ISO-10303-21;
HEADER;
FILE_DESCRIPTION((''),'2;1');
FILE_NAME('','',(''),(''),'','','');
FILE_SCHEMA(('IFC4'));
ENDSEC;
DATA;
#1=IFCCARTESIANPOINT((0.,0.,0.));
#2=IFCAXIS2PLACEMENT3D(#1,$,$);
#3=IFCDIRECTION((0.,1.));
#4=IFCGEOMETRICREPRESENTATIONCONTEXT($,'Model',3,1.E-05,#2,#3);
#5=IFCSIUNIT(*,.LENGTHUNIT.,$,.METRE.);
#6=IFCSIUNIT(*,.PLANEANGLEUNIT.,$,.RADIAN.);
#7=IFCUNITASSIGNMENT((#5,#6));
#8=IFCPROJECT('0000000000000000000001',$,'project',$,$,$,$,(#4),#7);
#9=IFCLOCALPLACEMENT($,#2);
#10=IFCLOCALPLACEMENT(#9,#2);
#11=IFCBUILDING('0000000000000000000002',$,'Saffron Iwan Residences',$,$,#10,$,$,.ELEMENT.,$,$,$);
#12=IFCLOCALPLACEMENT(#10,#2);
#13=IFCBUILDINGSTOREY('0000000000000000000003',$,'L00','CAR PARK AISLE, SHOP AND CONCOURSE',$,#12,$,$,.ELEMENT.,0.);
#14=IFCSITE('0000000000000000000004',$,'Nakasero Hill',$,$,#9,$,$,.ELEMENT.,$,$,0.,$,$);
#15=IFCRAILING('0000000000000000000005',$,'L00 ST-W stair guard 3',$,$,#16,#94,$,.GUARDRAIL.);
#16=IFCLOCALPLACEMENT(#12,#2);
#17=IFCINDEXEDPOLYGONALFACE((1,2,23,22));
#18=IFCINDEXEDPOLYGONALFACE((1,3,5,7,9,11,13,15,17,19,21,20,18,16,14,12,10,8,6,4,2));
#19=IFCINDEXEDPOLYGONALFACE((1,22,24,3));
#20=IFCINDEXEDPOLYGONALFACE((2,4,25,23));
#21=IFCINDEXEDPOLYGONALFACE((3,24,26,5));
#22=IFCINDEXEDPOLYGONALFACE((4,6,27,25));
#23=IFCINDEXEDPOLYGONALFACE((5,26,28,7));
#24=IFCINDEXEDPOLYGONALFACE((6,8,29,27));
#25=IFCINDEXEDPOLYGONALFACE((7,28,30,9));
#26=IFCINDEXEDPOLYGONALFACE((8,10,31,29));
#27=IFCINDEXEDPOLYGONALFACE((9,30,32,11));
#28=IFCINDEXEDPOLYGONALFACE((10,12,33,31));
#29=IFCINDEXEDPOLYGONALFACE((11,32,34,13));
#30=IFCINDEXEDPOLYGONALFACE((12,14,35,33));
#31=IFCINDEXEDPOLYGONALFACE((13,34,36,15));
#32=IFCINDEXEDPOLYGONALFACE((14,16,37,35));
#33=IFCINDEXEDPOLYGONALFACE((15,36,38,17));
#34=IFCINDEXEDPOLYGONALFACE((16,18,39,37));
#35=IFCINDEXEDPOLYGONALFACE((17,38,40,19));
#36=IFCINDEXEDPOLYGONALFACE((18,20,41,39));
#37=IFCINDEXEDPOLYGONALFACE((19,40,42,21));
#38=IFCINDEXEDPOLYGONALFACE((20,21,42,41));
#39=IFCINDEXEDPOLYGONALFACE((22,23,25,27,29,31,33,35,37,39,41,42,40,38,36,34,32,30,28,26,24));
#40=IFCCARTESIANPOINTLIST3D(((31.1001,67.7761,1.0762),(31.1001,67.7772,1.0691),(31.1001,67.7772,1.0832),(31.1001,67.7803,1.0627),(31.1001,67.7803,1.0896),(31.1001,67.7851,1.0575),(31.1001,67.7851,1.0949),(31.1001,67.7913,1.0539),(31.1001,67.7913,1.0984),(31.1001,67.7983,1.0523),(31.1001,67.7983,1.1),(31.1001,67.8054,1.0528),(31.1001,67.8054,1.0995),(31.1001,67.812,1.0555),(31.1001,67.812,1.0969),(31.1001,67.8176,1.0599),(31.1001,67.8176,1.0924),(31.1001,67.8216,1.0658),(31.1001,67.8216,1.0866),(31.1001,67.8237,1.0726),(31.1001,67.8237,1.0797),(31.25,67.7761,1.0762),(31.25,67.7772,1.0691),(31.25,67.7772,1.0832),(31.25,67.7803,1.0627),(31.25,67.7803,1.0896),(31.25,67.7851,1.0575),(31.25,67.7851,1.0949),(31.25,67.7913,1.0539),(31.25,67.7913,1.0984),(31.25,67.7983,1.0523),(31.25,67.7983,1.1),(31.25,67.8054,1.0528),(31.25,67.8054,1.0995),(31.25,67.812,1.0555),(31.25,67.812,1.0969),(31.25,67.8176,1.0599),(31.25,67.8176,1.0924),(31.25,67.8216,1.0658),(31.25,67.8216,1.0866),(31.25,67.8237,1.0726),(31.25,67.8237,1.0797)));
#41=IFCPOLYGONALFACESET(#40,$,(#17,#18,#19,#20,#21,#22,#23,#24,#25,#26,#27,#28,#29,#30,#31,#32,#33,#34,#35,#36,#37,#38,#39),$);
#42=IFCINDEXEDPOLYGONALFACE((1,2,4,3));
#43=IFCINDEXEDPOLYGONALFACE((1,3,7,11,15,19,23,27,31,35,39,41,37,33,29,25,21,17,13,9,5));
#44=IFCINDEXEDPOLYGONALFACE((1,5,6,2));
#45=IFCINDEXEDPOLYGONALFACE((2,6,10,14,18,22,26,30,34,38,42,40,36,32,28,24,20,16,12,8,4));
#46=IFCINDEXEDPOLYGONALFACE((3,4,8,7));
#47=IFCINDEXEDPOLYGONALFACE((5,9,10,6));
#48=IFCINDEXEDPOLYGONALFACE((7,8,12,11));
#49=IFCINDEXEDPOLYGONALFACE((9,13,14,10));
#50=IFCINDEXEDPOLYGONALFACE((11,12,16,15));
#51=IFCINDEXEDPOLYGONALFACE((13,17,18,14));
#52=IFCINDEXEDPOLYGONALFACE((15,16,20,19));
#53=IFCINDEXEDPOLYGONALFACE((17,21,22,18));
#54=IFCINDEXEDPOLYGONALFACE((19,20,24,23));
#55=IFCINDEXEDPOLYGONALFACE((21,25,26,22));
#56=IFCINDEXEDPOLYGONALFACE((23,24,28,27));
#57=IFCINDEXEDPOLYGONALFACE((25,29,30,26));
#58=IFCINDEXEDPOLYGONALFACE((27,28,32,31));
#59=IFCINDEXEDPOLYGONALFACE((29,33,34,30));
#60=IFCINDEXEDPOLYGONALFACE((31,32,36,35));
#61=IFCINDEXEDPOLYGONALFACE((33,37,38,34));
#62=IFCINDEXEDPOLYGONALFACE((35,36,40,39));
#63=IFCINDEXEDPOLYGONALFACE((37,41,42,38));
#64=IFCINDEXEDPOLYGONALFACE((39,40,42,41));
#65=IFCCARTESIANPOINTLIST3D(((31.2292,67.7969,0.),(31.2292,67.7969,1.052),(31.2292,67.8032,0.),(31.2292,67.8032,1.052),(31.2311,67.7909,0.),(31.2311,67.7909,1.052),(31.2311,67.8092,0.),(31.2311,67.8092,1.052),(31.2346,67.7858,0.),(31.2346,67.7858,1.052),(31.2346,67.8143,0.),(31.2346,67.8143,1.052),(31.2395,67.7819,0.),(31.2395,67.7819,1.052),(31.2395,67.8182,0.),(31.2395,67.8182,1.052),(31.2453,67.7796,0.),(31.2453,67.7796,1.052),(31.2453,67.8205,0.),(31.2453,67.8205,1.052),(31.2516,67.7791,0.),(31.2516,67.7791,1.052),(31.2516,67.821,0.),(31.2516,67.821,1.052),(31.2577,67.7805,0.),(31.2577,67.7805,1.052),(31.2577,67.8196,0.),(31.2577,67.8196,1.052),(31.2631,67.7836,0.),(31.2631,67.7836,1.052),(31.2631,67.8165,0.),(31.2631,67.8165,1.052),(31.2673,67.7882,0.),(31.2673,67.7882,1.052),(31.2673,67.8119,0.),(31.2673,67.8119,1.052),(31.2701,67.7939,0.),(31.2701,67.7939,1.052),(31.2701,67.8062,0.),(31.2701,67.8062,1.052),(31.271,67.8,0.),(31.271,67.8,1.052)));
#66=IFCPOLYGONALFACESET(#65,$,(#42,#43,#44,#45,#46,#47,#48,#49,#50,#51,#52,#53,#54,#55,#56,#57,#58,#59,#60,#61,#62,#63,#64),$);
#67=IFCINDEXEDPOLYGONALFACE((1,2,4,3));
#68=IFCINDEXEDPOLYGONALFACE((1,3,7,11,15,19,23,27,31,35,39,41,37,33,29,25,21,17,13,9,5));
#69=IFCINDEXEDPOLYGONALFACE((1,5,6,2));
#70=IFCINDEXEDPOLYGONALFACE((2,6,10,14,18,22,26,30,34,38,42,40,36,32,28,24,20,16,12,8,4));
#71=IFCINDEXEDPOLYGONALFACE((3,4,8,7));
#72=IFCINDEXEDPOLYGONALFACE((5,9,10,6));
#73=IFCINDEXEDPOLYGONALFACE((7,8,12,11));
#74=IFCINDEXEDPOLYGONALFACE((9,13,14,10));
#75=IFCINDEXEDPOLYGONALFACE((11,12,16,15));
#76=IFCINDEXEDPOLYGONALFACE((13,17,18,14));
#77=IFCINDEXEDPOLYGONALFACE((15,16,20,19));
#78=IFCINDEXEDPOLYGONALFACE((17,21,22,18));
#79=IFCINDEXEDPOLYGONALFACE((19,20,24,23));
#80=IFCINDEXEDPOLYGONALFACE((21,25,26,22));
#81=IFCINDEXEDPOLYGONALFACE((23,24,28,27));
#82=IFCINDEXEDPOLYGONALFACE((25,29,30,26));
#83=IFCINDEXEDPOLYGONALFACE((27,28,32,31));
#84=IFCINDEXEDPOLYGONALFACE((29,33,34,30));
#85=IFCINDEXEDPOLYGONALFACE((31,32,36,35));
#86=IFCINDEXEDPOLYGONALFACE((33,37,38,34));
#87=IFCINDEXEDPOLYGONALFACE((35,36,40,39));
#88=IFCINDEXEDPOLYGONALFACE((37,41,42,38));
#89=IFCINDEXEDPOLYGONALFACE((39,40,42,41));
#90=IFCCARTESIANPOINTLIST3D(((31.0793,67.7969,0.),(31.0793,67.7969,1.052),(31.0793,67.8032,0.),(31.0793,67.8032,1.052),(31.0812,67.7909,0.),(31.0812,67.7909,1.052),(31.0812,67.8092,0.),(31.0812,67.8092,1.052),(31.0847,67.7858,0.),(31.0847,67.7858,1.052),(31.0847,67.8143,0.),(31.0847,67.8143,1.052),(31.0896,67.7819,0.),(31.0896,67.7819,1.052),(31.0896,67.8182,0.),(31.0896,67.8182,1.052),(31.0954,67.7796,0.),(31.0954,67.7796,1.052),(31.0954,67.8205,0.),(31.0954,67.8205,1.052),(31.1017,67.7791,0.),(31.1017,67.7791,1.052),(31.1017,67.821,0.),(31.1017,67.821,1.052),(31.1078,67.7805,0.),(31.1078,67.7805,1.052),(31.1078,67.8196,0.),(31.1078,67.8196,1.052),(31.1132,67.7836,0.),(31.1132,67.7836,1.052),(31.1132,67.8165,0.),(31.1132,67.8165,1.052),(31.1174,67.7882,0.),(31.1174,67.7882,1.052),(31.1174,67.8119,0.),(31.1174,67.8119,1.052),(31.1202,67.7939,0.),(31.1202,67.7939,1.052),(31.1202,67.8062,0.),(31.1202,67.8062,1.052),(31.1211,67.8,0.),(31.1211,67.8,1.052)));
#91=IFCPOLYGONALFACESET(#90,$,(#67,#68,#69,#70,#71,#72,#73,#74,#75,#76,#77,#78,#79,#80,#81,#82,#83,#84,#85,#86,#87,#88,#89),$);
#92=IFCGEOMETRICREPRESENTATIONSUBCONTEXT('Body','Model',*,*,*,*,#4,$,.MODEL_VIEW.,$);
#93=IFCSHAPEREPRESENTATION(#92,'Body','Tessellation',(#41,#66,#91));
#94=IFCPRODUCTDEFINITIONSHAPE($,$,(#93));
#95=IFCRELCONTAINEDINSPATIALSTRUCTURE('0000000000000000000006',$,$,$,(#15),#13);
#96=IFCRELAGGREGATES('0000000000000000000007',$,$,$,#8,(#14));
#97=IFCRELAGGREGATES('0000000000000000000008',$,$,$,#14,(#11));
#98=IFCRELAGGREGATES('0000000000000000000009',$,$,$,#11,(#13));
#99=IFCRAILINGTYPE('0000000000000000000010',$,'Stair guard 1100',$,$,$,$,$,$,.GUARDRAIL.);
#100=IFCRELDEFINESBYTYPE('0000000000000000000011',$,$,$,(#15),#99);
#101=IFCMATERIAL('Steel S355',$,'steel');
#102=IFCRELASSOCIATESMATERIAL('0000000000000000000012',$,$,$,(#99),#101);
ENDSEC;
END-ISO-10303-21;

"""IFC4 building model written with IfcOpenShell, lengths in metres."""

from ifc_helpers import new_model, si_unit, direction, frame, origin, origin_2d, place, context, subcontext, project, spatial, circle, extrude, material, type_object, element, save


model = new_model("IFC4")

# Units and contexts
model_context = context("Model", 3, precision=1e-05, world=origin(), true_north=direction((0.0, 1.0)))
body_context = subcontext(model_context, "Body", "Model", "MODEL_VIEW")
ifc_project = project(units=[si_unit("LENGTHUNIT", "METRE"), si_unit("PLANEANGLEUNIT", "RADIAN")], contexts=[model_context])

# Site, building, storey
site_placement = place(None, origin())
site = spatial("IfcSite", under=ifc_project, at=site_placement, Name="Nakasero Hill", CompositionType="ELEMENT", RefElevation=0.0)
building_placement = place(site_placement, origin())
building = spatial("IfcBuilding", under=site, at=building_placement, Name="Saffron Iwan Residences", CompositionType="ELEMENT")
storey_placement = place(building_placement, origin())
storey = spatial("IfcBuildingStorey", under=building, at=storey_placement, Name="L00", Description="CAR PARK AISLE, SHOP AND CONCOURSE", CompositionType="ELEMENT", Elevation=0.0)

# Railing
ifc_material_1 = material(Name="Steel S355", Category="steel")
railing_type_1 = type_object("IfcRailingType", Name="Stair guard 1100", PredefinedType="GUARDRAIL", material=ifc_material_1)
railing_1_placement = place(storey_placement, frame((31.25, 67.8, 0.0)))
element("IfcRailing", 1, at=railing_1_placement, inside=storey, type_object=railing_type_1, Name="L00 ST-W stair guard 3", PredefinedType="GUARDRAIL", context=body_context, shape_type="SweptSolid", body=[
    extrude(circle(Radius=0.0239, at=origin_2d()), frame((0.0, 0.0, 1.0762), z_axis=(-1.0, 0.0, 0.0), x_axis=(0.0, -1.0, 0.0)), (0.0, 0.0, 1.0), 0.1499),
    extrude(circle(Radius=0.021, at=origin_2d()), origin(), (0.0, 0.0, 1.0), 1.052),
    extrude(circle(Radius=0.021, at=origin_2d()), frame((-0.1499, 0.0, 0.0)), (0.0, 0.0, 1.0), 1.052),
])

save(model, "model.ifc")
